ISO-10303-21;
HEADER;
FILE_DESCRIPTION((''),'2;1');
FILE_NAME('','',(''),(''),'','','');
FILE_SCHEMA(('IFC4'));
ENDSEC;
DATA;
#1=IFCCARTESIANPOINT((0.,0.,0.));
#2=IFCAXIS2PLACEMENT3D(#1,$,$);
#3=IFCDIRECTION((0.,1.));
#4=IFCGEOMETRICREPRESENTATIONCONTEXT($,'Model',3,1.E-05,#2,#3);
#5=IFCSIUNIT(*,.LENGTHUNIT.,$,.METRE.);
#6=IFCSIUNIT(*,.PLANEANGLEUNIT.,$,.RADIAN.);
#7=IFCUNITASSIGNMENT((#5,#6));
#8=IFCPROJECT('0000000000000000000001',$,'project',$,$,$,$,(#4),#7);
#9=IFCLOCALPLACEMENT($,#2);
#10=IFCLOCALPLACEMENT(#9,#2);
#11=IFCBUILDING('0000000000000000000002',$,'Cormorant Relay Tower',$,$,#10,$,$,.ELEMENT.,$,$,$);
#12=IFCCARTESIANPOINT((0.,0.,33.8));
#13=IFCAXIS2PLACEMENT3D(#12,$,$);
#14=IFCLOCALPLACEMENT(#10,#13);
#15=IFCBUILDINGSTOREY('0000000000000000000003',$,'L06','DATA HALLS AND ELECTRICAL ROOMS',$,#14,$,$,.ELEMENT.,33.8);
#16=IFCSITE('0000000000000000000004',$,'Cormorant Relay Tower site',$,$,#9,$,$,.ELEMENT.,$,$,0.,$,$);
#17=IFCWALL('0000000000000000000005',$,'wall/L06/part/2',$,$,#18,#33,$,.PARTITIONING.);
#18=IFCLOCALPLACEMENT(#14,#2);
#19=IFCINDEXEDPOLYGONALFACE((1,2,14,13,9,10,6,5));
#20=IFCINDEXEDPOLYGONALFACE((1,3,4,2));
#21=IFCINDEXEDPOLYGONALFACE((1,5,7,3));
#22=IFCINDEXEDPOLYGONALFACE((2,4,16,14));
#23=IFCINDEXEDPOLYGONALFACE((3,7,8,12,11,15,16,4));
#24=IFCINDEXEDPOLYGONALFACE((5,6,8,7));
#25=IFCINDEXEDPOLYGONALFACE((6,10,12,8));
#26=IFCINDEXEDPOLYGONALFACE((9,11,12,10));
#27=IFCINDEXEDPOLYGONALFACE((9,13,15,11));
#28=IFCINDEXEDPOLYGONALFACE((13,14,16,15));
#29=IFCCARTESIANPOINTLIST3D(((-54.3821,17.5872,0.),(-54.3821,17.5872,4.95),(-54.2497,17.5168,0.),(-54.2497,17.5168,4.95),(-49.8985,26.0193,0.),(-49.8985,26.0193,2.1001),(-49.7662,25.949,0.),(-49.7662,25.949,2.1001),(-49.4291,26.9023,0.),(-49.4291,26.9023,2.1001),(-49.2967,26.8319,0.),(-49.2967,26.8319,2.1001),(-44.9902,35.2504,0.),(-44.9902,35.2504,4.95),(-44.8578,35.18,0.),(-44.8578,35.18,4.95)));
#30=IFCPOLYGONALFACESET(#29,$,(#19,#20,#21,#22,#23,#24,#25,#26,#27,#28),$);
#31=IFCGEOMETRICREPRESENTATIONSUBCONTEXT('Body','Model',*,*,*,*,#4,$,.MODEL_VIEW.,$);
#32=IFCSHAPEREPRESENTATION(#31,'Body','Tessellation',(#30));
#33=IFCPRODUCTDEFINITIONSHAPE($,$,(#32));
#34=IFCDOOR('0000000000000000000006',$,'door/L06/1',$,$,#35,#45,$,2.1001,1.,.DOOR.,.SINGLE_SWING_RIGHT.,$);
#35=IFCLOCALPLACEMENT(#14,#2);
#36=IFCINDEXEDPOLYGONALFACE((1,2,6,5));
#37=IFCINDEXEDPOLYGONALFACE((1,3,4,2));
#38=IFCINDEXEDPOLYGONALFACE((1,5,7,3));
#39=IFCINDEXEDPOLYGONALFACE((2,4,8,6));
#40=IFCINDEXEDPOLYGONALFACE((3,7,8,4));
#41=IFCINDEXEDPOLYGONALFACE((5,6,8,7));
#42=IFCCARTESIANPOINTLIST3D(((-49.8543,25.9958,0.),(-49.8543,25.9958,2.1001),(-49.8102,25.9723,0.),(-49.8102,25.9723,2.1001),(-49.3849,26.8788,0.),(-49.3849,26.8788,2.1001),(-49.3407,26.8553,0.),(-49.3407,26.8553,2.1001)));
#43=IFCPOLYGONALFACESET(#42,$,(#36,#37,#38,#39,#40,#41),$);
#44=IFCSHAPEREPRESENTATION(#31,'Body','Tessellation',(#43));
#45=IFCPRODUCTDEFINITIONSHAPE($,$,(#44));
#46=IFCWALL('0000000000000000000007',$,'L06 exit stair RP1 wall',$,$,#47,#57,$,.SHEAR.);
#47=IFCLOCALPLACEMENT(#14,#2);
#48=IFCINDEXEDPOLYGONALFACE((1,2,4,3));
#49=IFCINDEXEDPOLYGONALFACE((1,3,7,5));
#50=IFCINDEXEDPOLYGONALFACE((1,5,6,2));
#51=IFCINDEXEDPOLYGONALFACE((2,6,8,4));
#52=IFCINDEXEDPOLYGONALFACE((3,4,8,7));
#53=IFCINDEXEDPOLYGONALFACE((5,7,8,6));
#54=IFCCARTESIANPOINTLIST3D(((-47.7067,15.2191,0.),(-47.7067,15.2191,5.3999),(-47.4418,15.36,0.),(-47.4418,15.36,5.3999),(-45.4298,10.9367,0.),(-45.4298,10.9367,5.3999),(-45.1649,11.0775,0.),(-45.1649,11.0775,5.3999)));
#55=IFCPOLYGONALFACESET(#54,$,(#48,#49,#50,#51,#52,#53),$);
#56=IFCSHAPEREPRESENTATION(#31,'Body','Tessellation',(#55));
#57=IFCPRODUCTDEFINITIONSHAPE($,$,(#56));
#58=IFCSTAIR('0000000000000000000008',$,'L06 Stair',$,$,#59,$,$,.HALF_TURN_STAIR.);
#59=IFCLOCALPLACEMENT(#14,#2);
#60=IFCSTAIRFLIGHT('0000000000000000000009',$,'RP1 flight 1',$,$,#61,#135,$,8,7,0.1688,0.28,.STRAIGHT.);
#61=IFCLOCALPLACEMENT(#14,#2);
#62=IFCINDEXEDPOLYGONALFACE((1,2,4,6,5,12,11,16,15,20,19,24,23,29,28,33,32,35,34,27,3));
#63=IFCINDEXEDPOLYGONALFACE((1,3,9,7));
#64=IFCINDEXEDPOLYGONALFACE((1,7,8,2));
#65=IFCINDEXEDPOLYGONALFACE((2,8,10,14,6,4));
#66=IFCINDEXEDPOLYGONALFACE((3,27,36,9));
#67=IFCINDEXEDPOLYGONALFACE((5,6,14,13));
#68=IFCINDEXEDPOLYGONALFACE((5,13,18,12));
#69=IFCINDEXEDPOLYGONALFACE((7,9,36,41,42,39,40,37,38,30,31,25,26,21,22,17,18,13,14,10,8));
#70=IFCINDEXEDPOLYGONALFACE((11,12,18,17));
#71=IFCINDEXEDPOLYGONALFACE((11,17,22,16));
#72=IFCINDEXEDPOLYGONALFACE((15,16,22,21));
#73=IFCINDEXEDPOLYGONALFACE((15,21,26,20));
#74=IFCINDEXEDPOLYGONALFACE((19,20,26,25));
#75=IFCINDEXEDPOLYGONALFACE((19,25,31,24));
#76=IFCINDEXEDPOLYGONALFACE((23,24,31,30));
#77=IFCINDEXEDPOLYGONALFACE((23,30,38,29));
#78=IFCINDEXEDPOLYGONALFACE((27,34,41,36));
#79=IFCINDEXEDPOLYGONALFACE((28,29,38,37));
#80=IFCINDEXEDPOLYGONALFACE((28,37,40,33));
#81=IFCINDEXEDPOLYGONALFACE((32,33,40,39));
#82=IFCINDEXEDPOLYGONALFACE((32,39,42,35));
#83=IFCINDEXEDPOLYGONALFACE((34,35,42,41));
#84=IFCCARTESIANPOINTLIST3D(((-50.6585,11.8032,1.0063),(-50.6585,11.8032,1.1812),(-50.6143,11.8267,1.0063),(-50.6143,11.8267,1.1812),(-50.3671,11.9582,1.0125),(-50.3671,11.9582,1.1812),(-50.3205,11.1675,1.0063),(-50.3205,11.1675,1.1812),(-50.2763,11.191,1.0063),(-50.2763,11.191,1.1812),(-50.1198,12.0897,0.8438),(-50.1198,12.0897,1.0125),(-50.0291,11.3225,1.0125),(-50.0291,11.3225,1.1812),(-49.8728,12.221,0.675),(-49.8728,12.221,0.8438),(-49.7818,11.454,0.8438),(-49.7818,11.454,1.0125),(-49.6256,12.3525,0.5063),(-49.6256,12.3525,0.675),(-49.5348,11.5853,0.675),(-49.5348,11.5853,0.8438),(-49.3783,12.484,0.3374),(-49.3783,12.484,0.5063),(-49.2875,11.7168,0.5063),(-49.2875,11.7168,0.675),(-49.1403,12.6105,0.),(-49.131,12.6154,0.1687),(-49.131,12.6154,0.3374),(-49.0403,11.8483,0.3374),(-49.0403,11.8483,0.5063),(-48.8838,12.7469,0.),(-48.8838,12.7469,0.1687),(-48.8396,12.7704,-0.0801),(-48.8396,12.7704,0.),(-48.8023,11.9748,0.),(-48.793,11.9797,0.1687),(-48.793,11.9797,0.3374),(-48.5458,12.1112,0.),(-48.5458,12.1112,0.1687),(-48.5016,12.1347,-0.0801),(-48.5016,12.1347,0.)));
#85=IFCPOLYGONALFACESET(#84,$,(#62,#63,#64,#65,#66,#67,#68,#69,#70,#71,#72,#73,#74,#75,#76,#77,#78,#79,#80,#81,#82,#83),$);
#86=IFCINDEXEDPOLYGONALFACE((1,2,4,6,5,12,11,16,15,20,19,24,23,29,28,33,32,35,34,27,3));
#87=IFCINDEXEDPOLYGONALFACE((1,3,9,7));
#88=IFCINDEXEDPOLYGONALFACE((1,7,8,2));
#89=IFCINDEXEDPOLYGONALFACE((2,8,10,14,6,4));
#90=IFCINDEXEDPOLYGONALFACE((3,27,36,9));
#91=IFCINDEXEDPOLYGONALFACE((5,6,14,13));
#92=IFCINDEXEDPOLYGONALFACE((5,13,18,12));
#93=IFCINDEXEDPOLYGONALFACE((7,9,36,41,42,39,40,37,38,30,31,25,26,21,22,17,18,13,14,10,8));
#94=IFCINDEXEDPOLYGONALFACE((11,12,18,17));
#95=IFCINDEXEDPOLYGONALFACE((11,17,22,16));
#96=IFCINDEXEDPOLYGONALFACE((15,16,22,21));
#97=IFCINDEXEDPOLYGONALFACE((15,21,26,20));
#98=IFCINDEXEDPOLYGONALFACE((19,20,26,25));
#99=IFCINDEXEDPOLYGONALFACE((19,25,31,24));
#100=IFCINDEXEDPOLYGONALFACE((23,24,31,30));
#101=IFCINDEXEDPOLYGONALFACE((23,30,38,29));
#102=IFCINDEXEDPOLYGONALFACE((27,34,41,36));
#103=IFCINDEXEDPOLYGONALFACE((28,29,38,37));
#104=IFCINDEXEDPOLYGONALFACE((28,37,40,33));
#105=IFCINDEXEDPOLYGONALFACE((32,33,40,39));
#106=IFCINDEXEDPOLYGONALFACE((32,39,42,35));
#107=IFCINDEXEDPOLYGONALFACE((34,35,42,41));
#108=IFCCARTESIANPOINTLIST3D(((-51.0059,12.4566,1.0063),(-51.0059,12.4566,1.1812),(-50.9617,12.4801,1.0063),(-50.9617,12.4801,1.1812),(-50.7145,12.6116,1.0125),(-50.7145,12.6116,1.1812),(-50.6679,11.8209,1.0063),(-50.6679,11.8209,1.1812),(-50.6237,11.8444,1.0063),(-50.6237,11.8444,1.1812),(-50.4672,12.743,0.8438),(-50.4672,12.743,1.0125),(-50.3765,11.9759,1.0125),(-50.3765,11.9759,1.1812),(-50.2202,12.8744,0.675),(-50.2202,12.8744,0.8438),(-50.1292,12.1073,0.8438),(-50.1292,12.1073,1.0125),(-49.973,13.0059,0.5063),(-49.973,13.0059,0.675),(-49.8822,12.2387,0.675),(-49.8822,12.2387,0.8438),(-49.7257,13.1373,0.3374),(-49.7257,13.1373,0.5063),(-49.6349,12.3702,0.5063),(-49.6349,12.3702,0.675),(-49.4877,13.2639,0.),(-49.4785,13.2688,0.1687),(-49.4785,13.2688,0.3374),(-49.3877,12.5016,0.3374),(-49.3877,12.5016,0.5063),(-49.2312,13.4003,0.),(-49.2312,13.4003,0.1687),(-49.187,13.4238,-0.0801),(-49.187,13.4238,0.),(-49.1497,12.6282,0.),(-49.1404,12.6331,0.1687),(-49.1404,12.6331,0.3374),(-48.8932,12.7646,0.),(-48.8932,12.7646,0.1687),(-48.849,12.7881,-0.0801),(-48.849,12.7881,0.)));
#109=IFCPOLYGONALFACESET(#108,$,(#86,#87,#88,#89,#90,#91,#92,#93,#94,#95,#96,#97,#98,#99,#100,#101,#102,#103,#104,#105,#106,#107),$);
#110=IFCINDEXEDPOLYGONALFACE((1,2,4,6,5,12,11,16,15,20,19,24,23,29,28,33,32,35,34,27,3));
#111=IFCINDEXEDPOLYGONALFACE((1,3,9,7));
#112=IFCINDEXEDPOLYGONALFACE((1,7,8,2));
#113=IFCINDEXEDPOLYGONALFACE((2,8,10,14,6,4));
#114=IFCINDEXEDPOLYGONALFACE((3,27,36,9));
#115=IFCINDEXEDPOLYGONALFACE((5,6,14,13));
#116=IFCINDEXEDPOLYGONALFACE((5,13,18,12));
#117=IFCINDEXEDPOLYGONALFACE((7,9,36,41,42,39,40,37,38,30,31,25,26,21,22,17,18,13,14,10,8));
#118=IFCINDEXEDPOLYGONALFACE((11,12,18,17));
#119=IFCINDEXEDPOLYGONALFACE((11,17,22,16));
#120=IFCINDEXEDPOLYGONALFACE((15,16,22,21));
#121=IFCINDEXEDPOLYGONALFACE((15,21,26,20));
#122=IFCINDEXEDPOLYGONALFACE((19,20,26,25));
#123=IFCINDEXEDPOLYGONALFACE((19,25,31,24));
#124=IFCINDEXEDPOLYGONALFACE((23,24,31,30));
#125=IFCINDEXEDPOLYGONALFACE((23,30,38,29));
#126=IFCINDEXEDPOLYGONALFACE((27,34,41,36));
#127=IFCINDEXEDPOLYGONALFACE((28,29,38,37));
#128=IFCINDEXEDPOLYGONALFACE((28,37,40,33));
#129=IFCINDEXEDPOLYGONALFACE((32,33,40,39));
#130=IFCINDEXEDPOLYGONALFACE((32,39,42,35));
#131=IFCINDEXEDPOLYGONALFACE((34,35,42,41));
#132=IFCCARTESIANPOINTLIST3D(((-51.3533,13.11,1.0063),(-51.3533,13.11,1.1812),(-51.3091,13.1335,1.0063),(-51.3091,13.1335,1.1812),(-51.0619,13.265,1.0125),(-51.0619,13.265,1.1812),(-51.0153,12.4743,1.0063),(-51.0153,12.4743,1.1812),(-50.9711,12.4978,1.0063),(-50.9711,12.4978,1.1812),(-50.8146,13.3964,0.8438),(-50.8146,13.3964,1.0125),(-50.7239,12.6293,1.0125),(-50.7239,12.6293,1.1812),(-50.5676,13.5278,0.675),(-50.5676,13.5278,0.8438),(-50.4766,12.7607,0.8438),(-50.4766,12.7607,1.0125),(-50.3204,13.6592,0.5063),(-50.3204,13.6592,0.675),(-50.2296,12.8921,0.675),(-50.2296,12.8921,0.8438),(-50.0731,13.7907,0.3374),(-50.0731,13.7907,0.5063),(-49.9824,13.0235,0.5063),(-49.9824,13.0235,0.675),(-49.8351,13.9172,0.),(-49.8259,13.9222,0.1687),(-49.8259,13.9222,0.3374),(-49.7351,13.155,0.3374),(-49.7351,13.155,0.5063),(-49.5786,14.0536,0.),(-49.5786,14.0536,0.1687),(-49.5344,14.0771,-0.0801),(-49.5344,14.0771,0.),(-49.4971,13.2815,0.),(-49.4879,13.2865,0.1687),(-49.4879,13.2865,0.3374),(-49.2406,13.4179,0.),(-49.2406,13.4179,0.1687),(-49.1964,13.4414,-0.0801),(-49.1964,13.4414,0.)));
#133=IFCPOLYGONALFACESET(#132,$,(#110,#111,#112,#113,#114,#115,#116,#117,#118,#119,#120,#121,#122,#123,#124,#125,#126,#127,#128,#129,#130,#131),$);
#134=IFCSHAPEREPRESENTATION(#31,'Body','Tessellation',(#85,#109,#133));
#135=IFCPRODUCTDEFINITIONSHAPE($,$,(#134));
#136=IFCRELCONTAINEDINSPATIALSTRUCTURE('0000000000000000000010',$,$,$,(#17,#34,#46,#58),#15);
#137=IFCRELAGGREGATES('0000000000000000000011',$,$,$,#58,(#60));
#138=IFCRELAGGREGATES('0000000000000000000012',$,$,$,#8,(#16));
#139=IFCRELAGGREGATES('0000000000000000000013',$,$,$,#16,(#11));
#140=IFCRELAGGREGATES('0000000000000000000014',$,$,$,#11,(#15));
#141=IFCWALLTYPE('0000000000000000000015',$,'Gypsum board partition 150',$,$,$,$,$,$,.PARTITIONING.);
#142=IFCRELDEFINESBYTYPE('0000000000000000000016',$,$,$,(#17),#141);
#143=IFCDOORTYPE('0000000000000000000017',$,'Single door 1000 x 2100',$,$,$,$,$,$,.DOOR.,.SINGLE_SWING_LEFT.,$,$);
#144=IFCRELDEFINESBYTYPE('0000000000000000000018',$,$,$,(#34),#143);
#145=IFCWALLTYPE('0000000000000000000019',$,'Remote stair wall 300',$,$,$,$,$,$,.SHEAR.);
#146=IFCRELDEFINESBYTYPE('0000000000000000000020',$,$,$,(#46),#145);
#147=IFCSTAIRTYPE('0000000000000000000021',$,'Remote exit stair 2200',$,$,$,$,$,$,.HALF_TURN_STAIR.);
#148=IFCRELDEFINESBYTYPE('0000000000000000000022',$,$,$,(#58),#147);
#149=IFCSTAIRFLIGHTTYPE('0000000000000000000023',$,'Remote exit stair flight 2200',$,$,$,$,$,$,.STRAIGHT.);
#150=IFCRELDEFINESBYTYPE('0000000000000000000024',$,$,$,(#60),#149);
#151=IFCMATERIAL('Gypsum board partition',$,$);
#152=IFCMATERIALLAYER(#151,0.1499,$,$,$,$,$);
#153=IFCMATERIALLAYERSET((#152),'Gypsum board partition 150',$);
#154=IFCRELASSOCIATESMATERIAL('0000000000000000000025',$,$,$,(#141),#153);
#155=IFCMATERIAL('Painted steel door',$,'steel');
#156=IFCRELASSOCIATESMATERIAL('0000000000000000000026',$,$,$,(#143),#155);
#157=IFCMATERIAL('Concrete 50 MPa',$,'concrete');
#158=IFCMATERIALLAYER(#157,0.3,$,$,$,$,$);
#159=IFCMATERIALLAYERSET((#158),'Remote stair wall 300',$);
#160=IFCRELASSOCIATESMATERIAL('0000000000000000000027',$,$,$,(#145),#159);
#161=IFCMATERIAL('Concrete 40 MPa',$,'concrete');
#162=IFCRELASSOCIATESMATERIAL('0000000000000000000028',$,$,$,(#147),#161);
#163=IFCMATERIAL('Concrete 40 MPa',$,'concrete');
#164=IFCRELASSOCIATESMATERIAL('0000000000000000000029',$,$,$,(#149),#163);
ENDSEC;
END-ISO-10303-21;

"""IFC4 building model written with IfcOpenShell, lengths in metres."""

from ifc_helpers import new_model, si_unit, direction, frame, frame_2d, origin, place, context, subcontext, project, spatial, polyline, rectangle, outline, extrude, material, layer, layer_set, type_object, element, fill, aggregate, save


model = new_model("IFC4")

# Units and contexts
model_context = context("Model", 3, precision=1e-05, world=origin(), true_north=direction((0.0, 1.0)))
body_context = subcontext(model_context, "Body", "Model", "MODEL_VIEW")
ifc_project = project(units=[si_unit("LENGTHUNIT", "METRE"), si_unit("PLANEANGLEUNIT", "RADIAN")], contexts=[model_context])

# Site, building, storey
site_placement = place(None, origin())
site = spatial("IfcSite", under=ifc_project, at=site_placement, Name="Cormorant Relay Tower site", CompositionType="ELEMENT", RefElevation=0.0)
building_placement = place(site_placement, origin())
building = spatial("IfcBuilding", under=site, at=building_placement, Name="Cormorant Relay Tower", CompositionType="ELEMENT")
storey_placement = place(building_placement, frame((0.0, 0.0, 33.8)))
storey = spatial("IfcBuildingStorey", under=building, at=storey_placement, Name="L06", Description="DATA HALLS AND ELECTRICAL ROOMS", CompositionType="ELEMENT", Elevation=33.8)

# Wall, opening, door
ifc_material_1 = material(Name="Gypsum board partition")
ifc_layer_1 = layer(ifc_material_1, 0.1499)
ifc_layer_set_1 = layer_set([ifc_layer_1], Name="Gypsum board partition 150")
wall_type_1 = type_object("IfcWallType", Name="Gypsum board partition 150", PredefinedType="PARTITIONING", material=ifc_layer_set_1)
ifc_material_2 = material(Name="Painted steel door", Category="steel")
door_type_1 = type_object("IfcDoorType", Name="Single door 1000 x 2100", OperationType="SINGLE_SWING_LEFT", PredefinedType="DOOR", material=ifc_material_2)
wall_1_placement = place(storey_placement, frame((-54.3159, 17.552, 0.0), z_axis=(0.0, 0.0, 1.0), x_axis=(0.46948, 0.882943, 0.0)))
wall_1 = element("IfcWall", 1, at=wall_1_placement, inside=storey, type_object=wall_type_1, Name="wall/L06/part/2", PredefinedType="PARTITIONING", context=body_context, shape_type="SweptSolid", body=[
    extrude(rectangle(XDim=20.0049, YDim=0.1499, at=frame_2d((10.0024, 0.0))), origin(), (0.0, 0.0, 1.0), 4.95),
])
opening_1_placement = place(wall_1_placement, frame((9.55, 0.0, 0.0)))
opening_1 = element("IfcOpeningElement", 2, at=opening_1_placement, cuts=wall_1, PredefinedType="OPENING", context=body_context, shape_type="SweptSolid", body=[
    extrude(rectangle(XDim=1.0, YDim=2.1001, at=frame_2d((0.5, 1.05))), frame((0.0, 0.085, 0.0), z_axis=(0.0, -1.0, 0.0), x_axis=(1.0, 0.0, 0.0)), (0.0, 0.0, 1.0), 0.1699),
])
door_1_placement = place(opening_1_placement, origin())
door_1 = element("IfcDoor", 3, at=door_1_placement, inside=storey, type_object=door_type_1, Name="door/L06/1", OperationType="SINGLE_SWING_RIGHT", OverallHeight=2.1001, OverallWidth=1.0, PredefinedType="DOOR", context=body_context, shape_type="SweptSolid", body=[
    extrude(rectangle(XDim=1.0, YDim=2.1001, at=frame_2d((0.5, 1.05))), frame((0.0, 0.0249, 0.0), z_axis=(0.0, -1.0, 0.0), x_axis=(1.0, 0.0, 0.0)), (0.0, 0.0, 1.0), 0.05),
])
fill(opening_1, door_1)

# Wall
ifc_material_3 = material(Name="Concrete 50 MPa", Category="concrete")
ifc_layer_2 = layer(ifc_material_3, 0.3)
ifc_layer_set_2 = layer_set([ifc_layer_2], Name="Remote stair wall 300")
wall_type_2 = type_object("IfcWallType", Name="Remote stair wall 300", PredefinedType="SHEAR", material=ifc_layer_set_2)
wall_2_placement = place(storey_placement, frame((-47.5742, 15.2896, 0.0), z_axis=(0.0, 0.0, 1.0), x_axis=(0.469443, -0.882963, 0.0)))
element("IfcWall", 4, at=wall_2_placement, inside=storey, type_object=wall_type_2, Name="L06 exit stair RP1 wall", PredefinedType="SHEAR", context=body_context, shape_type="SweptSolid", body=[
    extrude(rectangle(XDim=4.8501, YDim=0.3, at=frame_2d((2.425, 0.0))), origin(), (0.0, 0.0, 1.0), 5.3999),
])

# Stair, stair flight
ifc_material_4 = material(Name="Concrete 40 MPa", Category="concrete")
stair_type = type_object("IfcStairType", Name="Remote exit stair 2200", PredefinedType="HALF_TURN_STAIR", material=ifc_material_4)
stair_placement = place(storey_placement, origin())
stair = element("IfcStair", 5, at=stair_placement, inside=storey, type_object=stair_type, Name="L06 Stair", PredefinedType="HALF_TURN_STAIR")
ifc_material_5 = material(Name="Concrete 40 MPa", Category="concrete")
stair_flight_type = type_object("IfcStairFlightType", Name="Remote exit stair flight 2200", PredefinedType="STRAIGHT", material=ifc_material_5)
stair_flight_1_placement = place(storey_placement, frame((-49.0623, 13.0825, 0.0), z_axis=(0.0, 0.0, 1.0), x_axis=(-0.882948, -0.469472, 0.0)))
stair_flight_1 = element("IfcStairFlight", 6, at=stair_flight_1_placement, type_object=stair_flight_type, Name="RP1 flight 1", NumberOfRisers=8, NumberOfTreads=7, PredefinedType="STRAIGHT", RiserHeight=0.1688, TreadLength=0.28, context=body_context, shape_type="SweptSolid", body=[
    extrude(outline(polyline([(-0.05, -0.0801), (-0.05, 0.0), (0.0, 0.0), (0.0, 0.1687), (0.28, 0.1687), (0.28, 0.3374), (0.5601, 0.3374), (0.5601, 0.5063), (0.8401, 0.5063), (0.8401, 0.675), (1.1201, 0.675), (1.1201, 0.8438), (1.3999, 0.8438), (1.3999, 1.0125), (1.6799, 1.0125), (1.6799, 1.1812), (1.96, 1.1812), (2.01, 1.1812), (2.01, 1.0063), (1.96, 1.0063), (0.2905, 0.0), (-0.05, -0.0801)])), frame((0.0, 1.1001, 0.0), z_axis=(0.0, -1.0, 0.0), x_axis=(1.0, 0.0, 0.0)), (0.0, 0.0, 1.0), 0.72),
    extrude(outline(polyline([(-0.05, -0.0801), (-0.05, 0.0), (0.0, 0.0), (0.0, 0.1687), (0.28, 0.1687), (0.28, 0.3374), (0.5601, 0.3374), (0.5601, 0.5063), (0.8401, 0.5063), (0.8401, 0.675), (1.1201, 0.675), (1.1201, 0.8438), (1.3999, 0.8438), (1.3999, 1.0125), (1.6799, 1.0125), (1.6799, 1.1812), (1.96, 1.1812), (2.01, 1.1812), (2.01, 1.0063), (1.96, 1.0063), (0.2905, 0.0), (-0.05, -0.0801)])), frame((0.0, 0.3601, 0.0), z_axis=(0.0, -1.0, 0.0), x_axis=(1.0, 0.0, 0.0)), (0.0, 0.0, 1.0), 0.72),
    extrude(outline(polyline([(-0.05, -0.0801), (-0.05, 0.0), (0.0, 0.0), (0.0, 0.1687), (0.28, 0.1687), (0.28, 0.3374), (0.5601, 0.3374), (0.5601, 0.5063), (0.8401, 0.5063), (0.8401, 0.675), (1.1201, 0.675), (1.1201, 0.8438), (1.3999, 0.8438), (1.3999, 1.0125), (1.6799, 1.0125), (1.6799, 1.1812), (1.96, 1.1812), (2.01, 1.1812), (2.01, 1.0063), (1.96, 1.0063), (0.2905, 0.0), (-0.05, -0.0801)])), frame((0.0, -0.3799, 0.0), z_axis=(0.0, -1.0, 0.0), x_axis=(1.0, 0.0, 0.0)), (0.0, 0.0, 1.0), 0.72),
])
aggregate(stair, [stair_flight_1])

save(model, "model.ifc")
